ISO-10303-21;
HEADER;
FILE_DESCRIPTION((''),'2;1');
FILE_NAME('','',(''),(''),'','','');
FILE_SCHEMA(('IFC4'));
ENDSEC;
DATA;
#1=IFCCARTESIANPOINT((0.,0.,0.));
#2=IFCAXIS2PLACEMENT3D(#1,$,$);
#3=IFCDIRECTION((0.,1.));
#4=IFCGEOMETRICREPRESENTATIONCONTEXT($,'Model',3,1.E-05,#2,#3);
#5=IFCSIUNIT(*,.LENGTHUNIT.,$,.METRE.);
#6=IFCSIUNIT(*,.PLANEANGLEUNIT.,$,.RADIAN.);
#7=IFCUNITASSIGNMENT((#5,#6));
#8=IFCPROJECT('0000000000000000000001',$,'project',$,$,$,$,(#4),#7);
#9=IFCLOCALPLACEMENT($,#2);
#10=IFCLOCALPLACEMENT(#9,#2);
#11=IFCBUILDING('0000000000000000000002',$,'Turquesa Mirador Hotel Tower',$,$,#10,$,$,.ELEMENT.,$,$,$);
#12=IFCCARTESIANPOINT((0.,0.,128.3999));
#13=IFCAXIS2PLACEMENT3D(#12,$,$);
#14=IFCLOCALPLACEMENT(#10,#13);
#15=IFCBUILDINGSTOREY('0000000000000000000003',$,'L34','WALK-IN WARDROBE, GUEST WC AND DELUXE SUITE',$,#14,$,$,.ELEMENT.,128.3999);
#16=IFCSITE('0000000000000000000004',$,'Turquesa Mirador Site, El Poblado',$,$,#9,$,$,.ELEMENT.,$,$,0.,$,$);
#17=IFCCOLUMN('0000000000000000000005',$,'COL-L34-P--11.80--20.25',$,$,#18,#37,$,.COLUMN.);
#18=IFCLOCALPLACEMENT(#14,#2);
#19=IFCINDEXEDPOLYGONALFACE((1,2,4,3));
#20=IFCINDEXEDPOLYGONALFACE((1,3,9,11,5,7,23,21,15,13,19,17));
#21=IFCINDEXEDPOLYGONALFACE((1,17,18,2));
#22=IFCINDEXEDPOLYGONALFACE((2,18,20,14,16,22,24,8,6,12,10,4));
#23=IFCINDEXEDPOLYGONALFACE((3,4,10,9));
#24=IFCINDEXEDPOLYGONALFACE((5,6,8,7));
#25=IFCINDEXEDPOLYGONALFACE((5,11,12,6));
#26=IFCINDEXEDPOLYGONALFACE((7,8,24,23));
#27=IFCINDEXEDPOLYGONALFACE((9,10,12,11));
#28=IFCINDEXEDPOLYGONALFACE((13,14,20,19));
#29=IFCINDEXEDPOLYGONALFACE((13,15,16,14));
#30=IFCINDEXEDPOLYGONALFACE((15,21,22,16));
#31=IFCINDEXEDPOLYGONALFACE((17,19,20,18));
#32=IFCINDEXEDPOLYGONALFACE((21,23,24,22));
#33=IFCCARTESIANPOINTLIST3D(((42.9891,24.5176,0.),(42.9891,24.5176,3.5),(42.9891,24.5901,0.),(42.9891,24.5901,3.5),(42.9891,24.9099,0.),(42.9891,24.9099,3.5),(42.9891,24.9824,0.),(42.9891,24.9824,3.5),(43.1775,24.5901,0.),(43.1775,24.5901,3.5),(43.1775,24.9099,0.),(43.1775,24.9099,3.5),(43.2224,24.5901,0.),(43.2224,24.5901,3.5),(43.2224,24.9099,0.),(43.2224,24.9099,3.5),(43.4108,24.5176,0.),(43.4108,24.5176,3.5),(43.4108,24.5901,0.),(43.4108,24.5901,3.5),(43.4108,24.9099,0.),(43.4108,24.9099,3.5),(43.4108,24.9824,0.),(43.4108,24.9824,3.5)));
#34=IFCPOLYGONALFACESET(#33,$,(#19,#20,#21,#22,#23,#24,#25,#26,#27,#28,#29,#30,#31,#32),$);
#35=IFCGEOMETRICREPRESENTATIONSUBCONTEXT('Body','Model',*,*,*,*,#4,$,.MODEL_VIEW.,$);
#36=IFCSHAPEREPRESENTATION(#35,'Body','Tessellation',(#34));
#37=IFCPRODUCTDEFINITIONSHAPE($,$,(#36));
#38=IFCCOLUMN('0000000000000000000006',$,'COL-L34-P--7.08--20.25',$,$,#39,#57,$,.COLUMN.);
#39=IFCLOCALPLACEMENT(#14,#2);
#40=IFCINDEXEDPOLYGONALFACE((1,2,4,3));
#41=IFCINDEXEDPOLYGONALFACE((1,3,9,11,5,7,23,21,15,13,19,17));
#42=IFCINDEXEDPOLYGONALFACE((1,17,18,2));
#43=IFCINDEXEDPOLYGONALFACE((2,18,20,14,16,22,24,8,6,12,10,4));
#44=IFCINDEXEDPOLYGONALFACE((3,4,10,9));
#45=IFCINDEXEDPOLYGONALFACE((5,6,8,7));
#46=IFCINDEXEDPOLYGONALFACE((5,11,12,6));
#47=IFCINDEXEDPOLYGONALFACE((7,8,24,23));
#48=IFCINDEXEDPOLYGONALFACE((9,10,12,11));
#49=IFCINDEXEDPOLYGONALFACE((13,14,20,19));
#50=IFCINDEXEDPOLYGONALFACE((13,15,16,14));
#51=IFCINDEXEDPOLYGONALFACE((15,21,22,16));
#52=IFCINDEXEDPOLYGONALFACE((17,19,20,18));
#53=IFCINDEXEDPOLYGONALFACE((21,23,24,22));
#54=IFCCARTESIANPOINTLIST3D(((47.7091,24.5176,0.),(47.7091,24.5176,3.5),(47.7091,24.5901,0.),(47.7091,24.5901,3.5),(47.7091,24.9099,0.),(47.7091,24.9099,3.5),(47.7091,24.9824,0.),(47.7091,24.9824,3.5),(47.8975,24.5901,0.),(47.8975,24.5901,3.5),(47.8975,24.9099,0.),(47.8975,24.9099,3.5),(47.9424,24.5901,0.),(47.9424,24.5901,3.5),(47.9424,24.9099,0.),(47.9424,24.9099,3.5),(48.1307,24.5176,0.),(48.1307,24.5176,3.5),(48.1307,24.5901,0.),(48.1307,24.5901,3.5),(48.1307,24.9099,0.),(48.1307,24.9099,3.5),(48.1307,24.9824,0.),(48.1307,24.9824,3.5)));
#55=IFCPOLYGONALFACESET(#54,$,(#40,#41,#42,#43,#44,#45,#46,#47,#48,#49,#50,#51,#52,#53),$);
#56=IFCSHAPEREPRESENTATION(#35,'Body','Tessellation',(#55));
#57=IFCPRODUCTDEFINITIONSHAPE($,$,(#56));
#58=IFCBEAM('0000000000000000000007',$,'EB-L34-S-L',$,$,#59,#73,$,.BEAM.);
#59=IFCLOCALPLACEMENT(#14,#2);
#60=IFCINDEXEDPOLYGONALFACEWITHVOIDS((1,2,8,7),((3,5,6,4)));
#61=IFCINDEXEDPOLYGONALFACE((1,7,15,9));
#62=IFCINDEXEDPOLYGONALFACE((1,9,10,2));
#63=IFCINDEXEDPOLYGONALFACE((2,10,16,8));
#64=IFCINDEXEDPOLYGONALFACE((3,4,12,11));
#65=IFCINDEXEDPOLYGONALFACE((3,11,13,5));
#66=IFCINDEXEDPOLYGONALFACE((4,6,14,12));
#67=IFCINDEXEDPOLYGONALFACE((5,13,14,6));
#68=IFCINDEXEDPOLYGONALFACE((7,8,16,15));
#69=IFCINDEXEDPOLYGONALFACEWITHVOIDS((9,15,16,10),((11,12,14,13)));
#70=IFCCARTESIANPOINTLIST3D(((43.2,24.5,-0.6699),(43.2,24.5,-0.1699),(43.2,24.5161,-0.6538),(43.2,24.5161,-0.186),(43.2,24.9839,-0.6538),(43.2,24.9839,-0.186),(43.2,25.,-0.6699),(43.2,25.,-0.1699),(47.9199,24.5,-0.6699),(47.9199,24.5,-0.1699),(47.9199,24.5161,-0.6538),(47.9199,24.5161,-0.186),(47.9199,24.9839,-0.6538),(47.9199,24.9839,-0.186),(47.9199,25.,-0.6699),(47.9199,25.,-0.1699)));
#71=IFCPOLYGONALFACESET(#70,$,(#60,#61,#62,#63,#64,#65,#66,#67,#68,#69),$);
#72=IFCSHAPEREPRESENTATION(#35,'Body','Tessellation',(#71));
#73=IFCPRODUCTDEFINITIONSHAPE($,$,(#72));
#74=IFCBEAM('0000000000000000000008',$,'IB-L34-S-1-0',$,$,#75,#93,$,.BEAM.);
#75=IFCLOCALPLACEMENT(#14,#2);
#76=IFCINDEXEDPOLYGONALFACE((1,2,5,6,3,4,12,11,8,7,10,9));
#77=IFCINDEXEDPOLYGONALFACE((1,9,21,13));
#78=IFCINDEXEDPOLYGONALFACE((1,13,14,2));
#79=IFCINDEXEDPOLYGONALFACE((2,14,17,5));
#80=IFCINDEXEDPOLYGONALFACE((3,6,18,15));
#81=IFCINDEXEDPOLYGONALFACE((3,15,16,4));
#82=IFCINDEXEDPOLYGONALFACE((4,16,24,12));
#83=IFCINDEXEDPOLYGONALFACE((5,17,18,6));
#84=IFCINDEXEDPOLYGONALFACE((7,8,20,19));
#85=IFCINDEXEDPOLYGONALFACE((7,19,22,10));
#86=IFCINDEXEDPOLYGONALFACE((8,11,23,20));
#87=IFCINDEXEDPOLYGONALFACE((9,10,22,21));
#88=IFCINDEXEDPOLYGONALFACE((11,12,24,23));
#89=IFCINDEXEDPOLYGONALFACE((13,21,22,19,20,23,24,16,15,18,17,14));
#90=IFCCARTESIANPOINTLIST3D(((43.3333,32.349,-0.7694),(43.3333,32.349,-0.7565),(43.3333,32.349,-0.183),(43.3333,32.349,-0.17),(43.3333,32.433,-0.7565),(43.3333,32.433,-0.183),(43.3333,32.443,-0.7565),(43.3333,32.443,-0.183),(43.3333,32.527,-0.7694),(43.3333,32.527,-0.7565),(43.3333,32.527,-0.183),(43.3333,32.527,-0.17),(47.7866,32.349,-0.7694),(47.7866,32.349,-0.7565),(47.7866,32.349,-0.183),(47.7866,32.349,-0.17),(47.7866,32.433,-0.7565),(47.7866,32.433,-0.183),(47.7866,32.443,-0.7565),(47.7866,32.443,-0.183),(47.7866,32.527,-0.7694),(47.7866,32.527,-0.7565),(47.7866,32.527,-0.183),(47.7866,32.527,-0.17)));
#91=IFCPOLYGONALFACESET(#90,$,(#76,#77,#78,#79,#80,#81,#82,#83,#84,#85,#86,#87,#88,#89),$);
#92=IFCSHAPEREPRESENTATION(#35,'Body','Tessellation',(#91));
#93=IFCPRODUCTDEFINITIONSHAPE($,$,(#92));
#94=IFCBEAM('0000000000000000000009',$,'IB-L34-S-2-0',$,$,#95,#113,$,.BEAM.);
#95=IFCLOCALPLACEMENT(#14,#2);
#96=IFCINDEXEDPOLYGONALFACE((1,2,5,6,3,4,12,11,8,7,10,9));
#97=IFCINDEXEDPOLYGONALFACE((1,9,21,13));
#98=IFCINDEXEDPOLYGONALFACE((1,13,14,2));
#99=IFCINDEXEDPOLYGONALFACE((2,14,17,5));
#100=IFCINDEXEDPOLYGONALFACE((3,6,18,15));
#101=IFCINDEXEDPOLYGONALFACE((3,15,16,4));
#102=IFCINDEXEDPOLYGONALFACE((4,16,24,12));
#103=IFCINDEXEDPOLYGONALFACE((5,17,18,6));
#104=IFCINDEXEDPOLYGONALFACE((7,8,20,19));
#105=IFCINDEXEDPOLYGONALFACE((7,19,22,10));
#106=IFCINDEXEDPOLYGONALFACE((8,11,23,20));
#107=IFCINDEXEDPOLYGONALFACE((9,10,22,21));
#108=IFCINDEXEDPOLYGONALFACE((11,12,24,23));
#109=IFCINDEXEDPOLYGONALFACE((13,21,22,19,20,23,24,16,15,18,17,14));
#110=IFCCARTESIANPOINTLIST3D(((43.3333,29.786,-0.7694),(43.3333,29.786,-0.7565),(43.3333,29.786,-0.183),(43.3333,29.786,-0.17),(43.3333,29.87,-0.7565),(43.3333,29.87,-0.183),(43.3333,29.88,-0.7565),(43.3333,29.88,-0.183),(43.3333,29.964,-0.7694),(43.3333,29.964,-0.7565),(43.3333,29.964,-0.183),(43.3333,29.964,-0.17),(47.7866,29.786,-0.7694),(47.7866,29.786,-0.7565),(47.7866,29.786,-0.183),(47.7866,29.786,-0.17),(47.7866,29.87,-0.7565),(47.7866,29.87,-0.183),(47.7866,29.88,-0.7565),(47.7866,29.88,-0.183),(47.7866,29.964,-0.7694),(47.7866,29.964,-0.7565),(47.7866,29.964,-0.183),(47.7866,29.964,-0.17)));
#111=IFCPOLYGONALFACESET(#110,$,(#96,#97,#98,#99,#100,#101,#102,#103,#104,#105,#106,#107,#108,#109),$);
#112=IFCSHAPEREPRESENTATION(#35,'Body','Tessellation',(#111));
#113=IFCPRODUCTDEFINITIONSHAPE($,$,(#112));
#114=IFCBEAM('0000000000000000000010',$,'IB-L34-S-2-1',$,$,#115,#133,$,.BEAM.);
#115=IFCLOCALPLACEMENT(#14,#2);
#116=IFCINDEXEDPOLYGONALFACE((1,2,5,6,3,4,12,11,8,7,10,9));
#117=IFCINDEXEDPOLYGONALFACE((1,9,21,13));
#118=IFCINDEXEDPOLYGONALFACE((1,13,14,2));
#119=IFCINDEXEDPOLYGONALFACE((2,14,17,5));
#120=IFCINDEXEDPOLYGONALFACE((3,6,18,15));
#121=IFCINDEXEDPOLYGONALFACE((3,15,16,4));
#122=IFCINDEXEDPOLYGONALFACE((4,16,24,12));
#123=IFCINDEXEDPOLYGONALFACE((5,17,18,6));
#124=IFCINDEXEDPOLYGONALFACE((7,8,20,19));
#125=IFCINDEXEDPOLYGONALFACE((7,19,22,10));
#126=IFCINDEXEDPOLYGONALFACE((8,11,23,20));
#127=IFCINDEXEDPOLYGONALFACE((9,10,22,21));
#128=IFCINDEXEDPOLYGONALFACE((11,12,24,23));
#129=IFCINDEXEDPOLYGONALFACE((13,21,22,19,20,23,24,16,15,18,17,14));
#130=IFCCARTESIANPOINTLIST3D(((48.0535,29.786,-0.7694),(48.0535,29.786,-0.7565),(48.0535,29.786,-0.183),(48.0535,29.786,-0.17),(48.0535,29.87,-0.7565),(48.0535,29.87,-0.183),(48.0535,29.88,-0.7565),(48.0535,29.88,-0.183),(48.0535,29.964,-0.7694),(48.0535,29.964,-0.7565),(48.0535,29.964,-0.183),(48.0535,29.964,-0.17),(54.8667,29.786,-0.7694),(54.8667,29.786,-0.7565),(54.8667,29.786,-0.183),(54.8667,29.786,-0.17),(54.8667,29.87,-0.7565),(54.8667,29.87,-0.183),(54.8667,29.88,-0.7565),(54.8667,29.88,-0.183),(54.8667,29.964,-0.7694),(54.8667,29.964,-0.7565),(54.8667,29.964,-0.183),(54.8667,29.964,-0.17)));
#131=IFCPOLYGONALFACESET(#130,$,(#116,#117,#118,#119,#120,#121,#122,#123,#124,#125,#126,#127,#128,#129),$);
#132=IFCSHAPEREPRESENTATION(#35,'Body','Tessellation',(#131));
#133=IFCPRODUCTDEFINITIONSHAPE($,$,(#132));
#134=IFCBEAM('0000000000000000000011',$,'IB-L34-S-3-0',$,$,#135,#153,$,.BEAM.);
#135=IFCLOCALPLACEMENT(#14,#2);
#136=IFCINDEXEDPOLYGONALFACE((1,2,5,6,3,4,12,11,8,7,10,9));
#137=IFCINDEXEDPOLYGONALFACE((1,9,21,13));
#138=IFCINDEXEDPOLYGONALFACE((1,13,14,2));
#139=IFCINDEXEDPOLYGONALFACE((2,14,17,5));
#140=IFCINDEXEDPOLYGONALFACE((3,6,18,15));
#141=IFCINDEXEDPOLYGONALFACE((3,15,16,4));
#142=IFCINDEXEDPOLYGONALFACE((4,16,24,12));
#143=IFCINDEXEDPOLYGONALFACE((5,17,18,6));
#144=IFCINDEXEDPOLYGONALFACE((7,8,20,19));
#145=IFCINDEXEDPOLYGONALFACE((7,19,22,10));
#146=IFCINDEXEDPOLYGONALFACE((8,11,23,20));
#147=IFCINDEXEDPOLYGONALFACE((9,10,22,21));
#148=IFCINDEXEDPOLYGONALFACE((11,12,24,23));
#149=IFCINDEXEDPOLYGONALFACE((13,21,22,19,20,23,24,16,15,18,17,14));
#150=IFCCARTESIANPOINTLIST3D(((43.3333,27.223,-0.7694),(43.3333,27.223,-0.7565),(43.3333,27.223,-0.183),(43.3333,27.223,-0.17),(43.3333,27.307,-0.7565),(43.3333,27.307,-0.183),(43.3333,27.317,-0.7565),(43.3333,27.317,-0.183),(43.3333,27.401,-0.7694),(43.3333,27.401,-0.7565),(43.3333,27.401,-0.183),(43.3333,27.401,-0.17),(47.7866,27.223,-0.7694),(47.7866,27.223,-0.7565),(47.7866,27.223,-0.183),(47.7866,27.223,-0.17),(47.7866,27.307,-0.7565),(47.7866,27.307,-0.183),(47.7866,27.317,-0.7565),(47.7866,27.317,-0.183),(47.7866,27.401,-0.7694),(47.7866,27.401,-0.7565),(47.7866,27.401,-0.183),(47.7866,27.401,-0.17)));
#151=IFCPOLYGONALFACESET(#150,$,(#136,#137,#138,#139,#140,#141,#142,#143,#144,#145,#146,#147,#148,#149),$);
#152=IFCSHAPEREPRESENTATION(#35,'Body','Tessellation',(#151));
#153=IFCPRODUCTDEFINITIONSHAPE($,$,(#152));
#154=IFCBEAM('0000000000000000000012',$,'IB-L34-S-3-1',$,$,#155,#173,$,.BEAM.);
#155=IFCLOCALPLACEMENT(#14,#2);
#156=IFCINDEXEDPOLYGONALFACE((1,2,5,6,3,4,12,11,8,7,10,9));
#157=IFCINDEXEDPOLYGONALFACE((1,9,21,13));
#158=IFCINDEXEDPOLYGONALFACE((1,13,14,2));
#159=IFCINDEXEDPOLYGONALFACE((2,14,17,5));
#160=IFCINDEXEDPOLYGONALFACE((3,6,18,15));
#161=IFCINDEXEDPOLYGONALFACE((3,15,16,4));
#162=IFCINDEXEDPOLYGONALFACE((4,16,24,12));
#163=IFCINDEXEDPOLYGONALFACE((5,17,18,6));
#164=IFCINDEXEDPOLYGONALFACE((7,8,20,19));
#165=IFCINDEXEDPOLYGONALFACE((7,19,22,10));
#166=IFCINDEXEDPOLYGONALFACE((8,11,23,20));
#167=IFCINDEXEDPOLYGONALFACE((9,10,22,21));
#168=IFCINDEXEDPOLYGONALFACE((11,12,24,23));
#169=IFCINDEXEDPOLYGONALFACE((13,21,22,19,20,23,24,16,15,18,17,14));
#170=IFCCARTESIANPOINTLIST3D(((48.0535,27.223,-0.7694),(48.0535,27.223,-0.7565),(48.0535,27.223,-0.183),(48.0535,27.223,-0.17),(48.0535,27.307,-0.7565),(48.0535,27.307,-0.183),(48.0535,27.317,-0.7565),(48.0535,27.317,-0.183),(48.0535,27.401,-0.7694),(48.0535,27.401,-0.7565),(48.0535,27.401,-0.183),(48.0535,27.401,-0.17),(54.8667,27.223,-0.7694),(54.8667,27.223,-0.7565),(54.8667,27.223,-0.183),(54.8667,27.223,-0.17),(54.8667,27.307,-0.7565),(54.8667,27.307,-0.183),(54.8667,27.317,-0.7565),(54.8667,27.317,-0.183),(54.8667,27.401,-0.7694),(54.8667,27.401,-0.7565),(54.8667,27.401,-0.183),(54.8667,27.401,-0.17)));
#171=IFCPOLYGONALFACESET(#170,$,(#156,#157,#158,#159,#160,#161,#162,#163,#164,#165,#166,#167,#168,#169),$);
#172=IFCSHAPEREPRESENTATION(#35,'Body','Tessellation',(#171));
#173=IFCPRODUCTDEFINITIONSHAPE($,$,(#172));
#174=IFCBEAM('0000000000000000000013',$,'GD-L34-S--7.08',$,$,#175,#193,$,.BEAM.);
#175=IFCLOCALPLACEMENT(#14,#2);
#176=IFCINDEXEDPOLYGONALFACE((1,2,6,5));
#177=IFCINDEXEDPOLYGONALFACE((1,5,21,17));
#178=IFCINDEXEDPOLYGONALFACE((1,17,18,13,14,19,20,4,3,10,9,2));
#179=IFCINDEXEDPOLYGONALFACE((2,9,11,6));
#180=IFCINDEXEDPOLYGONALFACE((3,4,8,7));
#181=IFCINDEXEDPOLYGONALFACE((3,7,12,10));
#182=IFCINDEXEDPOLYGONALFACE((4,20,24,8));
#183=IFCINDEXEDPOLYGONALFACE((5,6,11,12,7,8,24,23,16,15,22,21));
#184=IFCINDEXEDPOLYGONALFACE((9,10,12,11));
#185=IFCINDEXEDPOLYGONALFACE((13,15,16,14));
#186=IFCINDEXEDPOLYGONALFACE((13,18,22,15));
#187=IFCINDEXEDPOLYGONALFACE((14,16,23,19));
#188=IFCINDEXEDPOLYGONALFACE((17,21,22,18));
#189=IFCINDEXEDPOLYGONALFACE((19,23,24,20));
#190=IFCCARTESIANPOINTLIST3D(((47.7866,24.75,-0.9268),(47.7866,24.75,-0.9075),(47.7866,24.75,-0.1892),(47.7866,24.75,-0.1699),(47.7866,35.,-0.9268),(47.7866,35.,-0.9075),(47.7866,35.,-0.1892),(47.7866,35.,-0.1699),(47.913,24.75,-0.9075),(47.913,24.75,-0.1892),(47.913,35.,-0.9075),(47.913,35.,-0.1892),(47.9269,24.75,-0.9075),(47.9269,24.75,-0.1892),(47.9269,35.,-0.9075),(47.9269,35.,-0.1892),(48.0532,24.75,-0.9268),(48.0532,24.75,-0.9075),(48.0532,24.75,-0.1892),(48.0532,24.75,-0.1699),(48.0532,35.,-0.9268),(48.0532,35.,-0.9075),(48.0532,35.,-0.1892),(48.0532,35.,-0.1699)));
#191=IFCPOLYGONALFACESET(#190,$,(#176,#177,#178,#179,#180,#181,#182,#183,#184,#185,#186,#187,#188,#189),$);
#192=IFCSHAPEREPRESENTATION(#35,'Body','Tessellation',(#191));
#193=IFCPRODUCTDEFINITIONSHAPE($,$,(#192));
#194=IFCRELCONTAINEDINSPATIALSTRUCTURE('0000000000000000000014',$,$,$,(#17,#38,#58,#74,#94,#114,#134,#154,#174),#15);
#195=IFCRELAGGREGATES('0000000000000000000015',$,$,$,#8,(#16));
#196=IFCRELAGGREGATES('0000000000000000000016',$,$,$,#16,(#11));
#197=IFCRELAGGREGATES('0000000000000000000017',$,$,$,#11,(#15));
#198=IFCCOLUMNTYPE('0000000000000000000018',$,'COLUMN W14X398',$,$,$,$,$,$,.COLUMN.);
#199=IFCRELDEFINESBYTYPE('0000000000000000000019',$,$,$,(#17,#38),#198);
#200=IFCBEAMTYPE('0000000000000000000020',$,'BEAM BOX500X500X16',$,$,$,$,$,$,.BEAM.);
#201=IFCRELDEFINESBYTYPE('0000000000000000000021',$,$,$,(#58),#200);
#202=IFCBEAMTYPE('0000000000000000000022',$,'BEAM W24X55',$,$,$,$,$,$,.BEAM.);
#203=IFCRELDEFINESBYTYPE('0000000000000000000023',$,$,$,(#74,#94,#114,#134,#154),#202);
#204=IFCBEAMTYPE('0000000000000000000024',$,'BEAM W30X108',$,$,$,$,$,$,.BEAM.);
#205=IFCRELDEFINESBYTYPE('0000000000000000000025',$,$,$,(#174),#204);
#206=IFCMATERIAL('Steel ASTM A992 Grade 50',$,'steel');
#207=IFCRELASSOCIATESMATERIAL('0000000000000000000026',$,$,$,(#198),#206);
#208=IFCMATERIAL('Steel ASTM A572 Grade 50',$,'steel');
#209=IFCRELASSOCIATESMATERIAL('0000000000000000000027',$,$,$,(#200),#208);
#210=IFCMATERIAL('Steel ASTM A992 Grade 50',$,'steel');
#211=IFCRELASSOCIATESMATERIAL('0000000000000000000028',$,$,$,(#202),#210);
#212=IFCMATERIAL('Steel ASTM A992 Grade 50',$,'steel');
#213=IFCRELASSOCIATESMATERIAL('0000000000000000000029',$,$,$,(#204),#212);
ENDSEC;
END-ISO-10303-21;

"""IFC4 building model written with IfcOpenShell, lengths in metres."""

from ifc_helpers import new_model, si_unit, direction, frame, origin, origin_2d, place, context, subcontext, project, spatial, hollow_rectangle, i_section, extrude, material, material_profile, profile_set, type_object, element, save


model = new_model("IFC4")

# Units and contexts
model_context = context("Model", 3, precision=1e-05, world=origin(), true_north=direction((0.0, 1.0)))
body_context = subcontext(model_context, "Body", "Model", "MODEL_VIEW")
ifc_project = project(units=[si_unit("LENGTHUNIT", "METRE"), si_unit("PLANEANGLEUNIT", "RADIAN")], contexts=[model_context])

# Site, building, storey
site_placement = place(None, origin())
site = spatial("IfcSite", under=ifc_project, at=site_placement, Name="Turquesa Mirador Site, El Poblado", CompositionType="ELEMENT", RefElevation=0.0)
building_placement = place(site_placement, origin())
building = spatial("IfcBuilding", under=site, at=building_placement, Name="Turquesa Mirador Hotel Tower", CompositionType="ELEMENT")
storey_placement = place(building_placement, frame((0.0, 0.0, 128.3999)))
storey = spatial("IfcBuildingStorey", under=building, at=storey_placement, Name="L34", Description="WALK-IN WARDROBE, GUEST WC AND DELUXE SUITE", CompositionType="ELEMENT", Elevation=128.3999)

# Columns
ifc_material_1 = material(Name="Steel ASTM A992 Grade 50", Category="steel")
ifc_material_profile_1 = material_profile(ifc_material_1, i_section(OverallWidth=0.4216, OverallDepth=0.4648, WebThickness=0.0449, FlangeThickness=0.0725, at=origin_2d()), Name="W14X398")
ifc_profile_set_1 = profile_set([ifc_material_profile_1], Name="Steel ASTM A992 Grade 50")
column_type = type_object("IfcColumnType", Name="COLUMN W14X398", PredefinedType="COLUMN", material=ifc_profile_set_1)
for number, where, z_axis, x_axis, name in (
    (1, (43.2, 24.75, 0.0), (0.0, 0.0, 1.0), (1.0, 0.0, 0.0), "COL-L34-P--11.80--20.25"),
    (2, (47.9199, 24.75, 0.0), (0.0, 0.0, 1.0), (1.0, 0.0, 0.0), "COL-L34-P--7.08--20.25"),
):
    element("IfcColumn", number, at=place(storey_placement, frame(where, z_axis=z_axis, x_axis=x_axis)), inside=storey, type_object=column_type, Name=name, PredefinedType="COLUMN", context=body_context, shape_type="SweptSolid", body=[
        extrude(i_section(OverallWidth=0.4216, OverallDepth=0.4648, WebThickness=0.0449, FlangeThickness=0.0725, at=origin_2d()), origin(), (0.0, 0.0, 1.0), 3.5),
    ])

# Beams
ifc_material_2 = material(Name="Steel ASTM A572 Grade 50", Category="steel")
ifc_material_profile_2 = material_profile(ifc_material_2, hollow_rectangle(XDim=0.5, YDim=0.5, WallThickness=0.0161, at=origin_2d()), Name="BOX500X500X16")
ifc_profile_set_2 = profile_set([ifc_material_profile_2], Name="Steel ASTM A572 Grade 50")
beam_type_1 = type_object("IfcBeamType", Name="BEAM BOX500X500X16", PredefinedType="BEAM", material=ifc_profile_set_2)
beam_1_placement = place(storey_placement, frame((43.2, 24.75, -0.4199), z_axis=(1.0, 0.0, 0.0), x_axis=(0.0, 1.0, 0.0)))
element("IfcBeam", 3, at=beam_1_placement, inside=storey, type_object=beam_type_1, Name="EB-L34-S-L", PredefinedType="BEAM", context=body_context, shape_type="SweptSolid", body=[
    extrude(hollow_rectangle(XDim=0.5, YDim=0.5, WallThickness=0.0161, at=origin_2d()), origin(), (0.0, 0.0, 1.0), 4.72),
])
ifc_material_3 = material(Name="Steel ASTM A992 Grade 50", Category="steel")
ifc_material_profile_3 = material_profile(ifc_material_3, i_section(OverallWidth=0.178, OverallDepth=0.5994, WebThickness=0.01, FlangeThickness=0.0129, at=origin_2d()), Name="W24X55")
ifc_profile_set_3 = profile_set([ifc_material_profile_3], Name="Steel ASTM A992 Grade 50")
beam_type_2 = type_object("IfcBeamType", Name="BEAM W24X55", PredefinedType="BEAM", material=ifc_profile_set_3)
for number, where, z_axis, x_axis, name in (
    (4, (43.3333, 32.438, -0.4697), (1.0, 0.0, 0.0), (0.0, 1.0, 0.0), "IB-L34-S-1-0"),
    (5, (43.3333, 29.875, -0.4697), (1.0, 0.0, 0.0), (0.0, 1.0, 0.0), "IB-L34-S-2-0"),
):
    element("IfcBeam", number, at=place(storey_placement, frame(where, z_axis=z_axis, x_axis=x_axis)), inside=storey, type_object=beam_type_2, Name=name, PredefinedType="BEAM", context=body_context, shape_type="SweptSolid", body=[
        extrude(i_section(OverallWidth=0.178, OverallDepth=0.5994, WebThickness=0.01, FlangeThickness=0.0129, at=origin_2d()), origin(), (0.0, 0.0, 1.0), 4.4534),
    ])
beam_2_placement = place(storey_placement, frame((48.0535, 29.875, -0.4697), z_axis=(1.0, 0.0, 0.0), x_axis=(0.0, 1.0, 0.0)))
element("IfcBeam", 6, at=beam_2_placement, inside=storey, type_object=beam_type_2, Name="IB-L34-S-2-1", PredefinedType="BEAM", context=body_context, shape_type="SweptSolid", body=[
    extrude(i_section(OverallWidth=0.178, OverallDepth=0.5994, WebThickness=0.01, FlangeThickness=0.0129, at=origin_2d()), origin(), (0.0, 0.0, 1.0), 6.8132),
])
beam_3_placement = place(storey_placement, frame((43.3333, 27.312, -0.4697), z_axis=(1.0, 0.0, 0.0), x_axis=(0.0, 1.0, 0.0)))
element("IfcBeam", 7, at=beam_3_placement, inside=storey, type_object=beam_type_2, Name="IB-L34-S-3-0", PredefinedType="BEAM", context=body_context, shape_type="SweptSolid", body=[
    extrude(i_section(OverallWidth=0.178, OverallDepth=0.5994, WebThickness=0.01, FlangeThickness=0.0129, at=origin_2d()), origin(), (0.0, 0.0, 1.0), 4.4534),
])
beam_4_placement = place(storey_placement, frame((48.0535, 27.312, -0.4697), z_axis=(1.0, 0.0, 0.0), x_axis=(0.0, 1.0, 0.0)))
element("IfcBeam", 8, at=beam_4_placement, inside=storey, type_object=beam_type_2, Name="IB-L34-S-3-1", PredefinedType="BEAM", context=body_context, shape_type="SweptSolid", body=[
    extrude(i_section(OverallWidth=0.178, OverallDepth=0.5994, WebThickness=0.01, FlangeThickness=0.0129, at=origin_2d()), origin(), (0.0, 0.0, 1.0), 6.8132),
])
ifc_material_4 = material(Name="Steel ASTM A992 Grade 50", Category="steel")
ifc_material_profile_4 = material_profile(ifc_material_4, i_section(OverallWidth=0.2666, OverallDepth=0.7568, WebThickness=0.0139, FlangeThickness=0.0193, at=origin_2d()), Name="W30X108")
ifc_profile_set_4 = profile_set([ifc_material_profile_4], Name="Steel ASTM A992 Grade 50")
beam_type_3 = type_object("IfcBeamType", Name="BEAM W30X108", PredefinedType="BEAM", material=ifc_profile_set_4)
beam_5_placement = place(storey_placement, frame((47.9199, 24.75, -0.5483), z_axis=(0.0, 1.0, 0.0), x_axis=(-1.0, 0.0, 0.0)))
element("IfcBeam", 9, at=beam_5_placement, inside=storey, type_object=beam_type_3, Name="GD-L34-S--7.08", PredefinedType="BEAM", context=body_context, shape_type="SweptSolid", body=[
    extrude(i_section(OverallWidth=0.2666, OverallDepth=0.7568, WebThickness=0.0139, FlangeThickness=0.0193, at=origin_2d()), origin(), (0.0, 0.0, 1.0), 10.25),
])

save(model, "model.ifc")
